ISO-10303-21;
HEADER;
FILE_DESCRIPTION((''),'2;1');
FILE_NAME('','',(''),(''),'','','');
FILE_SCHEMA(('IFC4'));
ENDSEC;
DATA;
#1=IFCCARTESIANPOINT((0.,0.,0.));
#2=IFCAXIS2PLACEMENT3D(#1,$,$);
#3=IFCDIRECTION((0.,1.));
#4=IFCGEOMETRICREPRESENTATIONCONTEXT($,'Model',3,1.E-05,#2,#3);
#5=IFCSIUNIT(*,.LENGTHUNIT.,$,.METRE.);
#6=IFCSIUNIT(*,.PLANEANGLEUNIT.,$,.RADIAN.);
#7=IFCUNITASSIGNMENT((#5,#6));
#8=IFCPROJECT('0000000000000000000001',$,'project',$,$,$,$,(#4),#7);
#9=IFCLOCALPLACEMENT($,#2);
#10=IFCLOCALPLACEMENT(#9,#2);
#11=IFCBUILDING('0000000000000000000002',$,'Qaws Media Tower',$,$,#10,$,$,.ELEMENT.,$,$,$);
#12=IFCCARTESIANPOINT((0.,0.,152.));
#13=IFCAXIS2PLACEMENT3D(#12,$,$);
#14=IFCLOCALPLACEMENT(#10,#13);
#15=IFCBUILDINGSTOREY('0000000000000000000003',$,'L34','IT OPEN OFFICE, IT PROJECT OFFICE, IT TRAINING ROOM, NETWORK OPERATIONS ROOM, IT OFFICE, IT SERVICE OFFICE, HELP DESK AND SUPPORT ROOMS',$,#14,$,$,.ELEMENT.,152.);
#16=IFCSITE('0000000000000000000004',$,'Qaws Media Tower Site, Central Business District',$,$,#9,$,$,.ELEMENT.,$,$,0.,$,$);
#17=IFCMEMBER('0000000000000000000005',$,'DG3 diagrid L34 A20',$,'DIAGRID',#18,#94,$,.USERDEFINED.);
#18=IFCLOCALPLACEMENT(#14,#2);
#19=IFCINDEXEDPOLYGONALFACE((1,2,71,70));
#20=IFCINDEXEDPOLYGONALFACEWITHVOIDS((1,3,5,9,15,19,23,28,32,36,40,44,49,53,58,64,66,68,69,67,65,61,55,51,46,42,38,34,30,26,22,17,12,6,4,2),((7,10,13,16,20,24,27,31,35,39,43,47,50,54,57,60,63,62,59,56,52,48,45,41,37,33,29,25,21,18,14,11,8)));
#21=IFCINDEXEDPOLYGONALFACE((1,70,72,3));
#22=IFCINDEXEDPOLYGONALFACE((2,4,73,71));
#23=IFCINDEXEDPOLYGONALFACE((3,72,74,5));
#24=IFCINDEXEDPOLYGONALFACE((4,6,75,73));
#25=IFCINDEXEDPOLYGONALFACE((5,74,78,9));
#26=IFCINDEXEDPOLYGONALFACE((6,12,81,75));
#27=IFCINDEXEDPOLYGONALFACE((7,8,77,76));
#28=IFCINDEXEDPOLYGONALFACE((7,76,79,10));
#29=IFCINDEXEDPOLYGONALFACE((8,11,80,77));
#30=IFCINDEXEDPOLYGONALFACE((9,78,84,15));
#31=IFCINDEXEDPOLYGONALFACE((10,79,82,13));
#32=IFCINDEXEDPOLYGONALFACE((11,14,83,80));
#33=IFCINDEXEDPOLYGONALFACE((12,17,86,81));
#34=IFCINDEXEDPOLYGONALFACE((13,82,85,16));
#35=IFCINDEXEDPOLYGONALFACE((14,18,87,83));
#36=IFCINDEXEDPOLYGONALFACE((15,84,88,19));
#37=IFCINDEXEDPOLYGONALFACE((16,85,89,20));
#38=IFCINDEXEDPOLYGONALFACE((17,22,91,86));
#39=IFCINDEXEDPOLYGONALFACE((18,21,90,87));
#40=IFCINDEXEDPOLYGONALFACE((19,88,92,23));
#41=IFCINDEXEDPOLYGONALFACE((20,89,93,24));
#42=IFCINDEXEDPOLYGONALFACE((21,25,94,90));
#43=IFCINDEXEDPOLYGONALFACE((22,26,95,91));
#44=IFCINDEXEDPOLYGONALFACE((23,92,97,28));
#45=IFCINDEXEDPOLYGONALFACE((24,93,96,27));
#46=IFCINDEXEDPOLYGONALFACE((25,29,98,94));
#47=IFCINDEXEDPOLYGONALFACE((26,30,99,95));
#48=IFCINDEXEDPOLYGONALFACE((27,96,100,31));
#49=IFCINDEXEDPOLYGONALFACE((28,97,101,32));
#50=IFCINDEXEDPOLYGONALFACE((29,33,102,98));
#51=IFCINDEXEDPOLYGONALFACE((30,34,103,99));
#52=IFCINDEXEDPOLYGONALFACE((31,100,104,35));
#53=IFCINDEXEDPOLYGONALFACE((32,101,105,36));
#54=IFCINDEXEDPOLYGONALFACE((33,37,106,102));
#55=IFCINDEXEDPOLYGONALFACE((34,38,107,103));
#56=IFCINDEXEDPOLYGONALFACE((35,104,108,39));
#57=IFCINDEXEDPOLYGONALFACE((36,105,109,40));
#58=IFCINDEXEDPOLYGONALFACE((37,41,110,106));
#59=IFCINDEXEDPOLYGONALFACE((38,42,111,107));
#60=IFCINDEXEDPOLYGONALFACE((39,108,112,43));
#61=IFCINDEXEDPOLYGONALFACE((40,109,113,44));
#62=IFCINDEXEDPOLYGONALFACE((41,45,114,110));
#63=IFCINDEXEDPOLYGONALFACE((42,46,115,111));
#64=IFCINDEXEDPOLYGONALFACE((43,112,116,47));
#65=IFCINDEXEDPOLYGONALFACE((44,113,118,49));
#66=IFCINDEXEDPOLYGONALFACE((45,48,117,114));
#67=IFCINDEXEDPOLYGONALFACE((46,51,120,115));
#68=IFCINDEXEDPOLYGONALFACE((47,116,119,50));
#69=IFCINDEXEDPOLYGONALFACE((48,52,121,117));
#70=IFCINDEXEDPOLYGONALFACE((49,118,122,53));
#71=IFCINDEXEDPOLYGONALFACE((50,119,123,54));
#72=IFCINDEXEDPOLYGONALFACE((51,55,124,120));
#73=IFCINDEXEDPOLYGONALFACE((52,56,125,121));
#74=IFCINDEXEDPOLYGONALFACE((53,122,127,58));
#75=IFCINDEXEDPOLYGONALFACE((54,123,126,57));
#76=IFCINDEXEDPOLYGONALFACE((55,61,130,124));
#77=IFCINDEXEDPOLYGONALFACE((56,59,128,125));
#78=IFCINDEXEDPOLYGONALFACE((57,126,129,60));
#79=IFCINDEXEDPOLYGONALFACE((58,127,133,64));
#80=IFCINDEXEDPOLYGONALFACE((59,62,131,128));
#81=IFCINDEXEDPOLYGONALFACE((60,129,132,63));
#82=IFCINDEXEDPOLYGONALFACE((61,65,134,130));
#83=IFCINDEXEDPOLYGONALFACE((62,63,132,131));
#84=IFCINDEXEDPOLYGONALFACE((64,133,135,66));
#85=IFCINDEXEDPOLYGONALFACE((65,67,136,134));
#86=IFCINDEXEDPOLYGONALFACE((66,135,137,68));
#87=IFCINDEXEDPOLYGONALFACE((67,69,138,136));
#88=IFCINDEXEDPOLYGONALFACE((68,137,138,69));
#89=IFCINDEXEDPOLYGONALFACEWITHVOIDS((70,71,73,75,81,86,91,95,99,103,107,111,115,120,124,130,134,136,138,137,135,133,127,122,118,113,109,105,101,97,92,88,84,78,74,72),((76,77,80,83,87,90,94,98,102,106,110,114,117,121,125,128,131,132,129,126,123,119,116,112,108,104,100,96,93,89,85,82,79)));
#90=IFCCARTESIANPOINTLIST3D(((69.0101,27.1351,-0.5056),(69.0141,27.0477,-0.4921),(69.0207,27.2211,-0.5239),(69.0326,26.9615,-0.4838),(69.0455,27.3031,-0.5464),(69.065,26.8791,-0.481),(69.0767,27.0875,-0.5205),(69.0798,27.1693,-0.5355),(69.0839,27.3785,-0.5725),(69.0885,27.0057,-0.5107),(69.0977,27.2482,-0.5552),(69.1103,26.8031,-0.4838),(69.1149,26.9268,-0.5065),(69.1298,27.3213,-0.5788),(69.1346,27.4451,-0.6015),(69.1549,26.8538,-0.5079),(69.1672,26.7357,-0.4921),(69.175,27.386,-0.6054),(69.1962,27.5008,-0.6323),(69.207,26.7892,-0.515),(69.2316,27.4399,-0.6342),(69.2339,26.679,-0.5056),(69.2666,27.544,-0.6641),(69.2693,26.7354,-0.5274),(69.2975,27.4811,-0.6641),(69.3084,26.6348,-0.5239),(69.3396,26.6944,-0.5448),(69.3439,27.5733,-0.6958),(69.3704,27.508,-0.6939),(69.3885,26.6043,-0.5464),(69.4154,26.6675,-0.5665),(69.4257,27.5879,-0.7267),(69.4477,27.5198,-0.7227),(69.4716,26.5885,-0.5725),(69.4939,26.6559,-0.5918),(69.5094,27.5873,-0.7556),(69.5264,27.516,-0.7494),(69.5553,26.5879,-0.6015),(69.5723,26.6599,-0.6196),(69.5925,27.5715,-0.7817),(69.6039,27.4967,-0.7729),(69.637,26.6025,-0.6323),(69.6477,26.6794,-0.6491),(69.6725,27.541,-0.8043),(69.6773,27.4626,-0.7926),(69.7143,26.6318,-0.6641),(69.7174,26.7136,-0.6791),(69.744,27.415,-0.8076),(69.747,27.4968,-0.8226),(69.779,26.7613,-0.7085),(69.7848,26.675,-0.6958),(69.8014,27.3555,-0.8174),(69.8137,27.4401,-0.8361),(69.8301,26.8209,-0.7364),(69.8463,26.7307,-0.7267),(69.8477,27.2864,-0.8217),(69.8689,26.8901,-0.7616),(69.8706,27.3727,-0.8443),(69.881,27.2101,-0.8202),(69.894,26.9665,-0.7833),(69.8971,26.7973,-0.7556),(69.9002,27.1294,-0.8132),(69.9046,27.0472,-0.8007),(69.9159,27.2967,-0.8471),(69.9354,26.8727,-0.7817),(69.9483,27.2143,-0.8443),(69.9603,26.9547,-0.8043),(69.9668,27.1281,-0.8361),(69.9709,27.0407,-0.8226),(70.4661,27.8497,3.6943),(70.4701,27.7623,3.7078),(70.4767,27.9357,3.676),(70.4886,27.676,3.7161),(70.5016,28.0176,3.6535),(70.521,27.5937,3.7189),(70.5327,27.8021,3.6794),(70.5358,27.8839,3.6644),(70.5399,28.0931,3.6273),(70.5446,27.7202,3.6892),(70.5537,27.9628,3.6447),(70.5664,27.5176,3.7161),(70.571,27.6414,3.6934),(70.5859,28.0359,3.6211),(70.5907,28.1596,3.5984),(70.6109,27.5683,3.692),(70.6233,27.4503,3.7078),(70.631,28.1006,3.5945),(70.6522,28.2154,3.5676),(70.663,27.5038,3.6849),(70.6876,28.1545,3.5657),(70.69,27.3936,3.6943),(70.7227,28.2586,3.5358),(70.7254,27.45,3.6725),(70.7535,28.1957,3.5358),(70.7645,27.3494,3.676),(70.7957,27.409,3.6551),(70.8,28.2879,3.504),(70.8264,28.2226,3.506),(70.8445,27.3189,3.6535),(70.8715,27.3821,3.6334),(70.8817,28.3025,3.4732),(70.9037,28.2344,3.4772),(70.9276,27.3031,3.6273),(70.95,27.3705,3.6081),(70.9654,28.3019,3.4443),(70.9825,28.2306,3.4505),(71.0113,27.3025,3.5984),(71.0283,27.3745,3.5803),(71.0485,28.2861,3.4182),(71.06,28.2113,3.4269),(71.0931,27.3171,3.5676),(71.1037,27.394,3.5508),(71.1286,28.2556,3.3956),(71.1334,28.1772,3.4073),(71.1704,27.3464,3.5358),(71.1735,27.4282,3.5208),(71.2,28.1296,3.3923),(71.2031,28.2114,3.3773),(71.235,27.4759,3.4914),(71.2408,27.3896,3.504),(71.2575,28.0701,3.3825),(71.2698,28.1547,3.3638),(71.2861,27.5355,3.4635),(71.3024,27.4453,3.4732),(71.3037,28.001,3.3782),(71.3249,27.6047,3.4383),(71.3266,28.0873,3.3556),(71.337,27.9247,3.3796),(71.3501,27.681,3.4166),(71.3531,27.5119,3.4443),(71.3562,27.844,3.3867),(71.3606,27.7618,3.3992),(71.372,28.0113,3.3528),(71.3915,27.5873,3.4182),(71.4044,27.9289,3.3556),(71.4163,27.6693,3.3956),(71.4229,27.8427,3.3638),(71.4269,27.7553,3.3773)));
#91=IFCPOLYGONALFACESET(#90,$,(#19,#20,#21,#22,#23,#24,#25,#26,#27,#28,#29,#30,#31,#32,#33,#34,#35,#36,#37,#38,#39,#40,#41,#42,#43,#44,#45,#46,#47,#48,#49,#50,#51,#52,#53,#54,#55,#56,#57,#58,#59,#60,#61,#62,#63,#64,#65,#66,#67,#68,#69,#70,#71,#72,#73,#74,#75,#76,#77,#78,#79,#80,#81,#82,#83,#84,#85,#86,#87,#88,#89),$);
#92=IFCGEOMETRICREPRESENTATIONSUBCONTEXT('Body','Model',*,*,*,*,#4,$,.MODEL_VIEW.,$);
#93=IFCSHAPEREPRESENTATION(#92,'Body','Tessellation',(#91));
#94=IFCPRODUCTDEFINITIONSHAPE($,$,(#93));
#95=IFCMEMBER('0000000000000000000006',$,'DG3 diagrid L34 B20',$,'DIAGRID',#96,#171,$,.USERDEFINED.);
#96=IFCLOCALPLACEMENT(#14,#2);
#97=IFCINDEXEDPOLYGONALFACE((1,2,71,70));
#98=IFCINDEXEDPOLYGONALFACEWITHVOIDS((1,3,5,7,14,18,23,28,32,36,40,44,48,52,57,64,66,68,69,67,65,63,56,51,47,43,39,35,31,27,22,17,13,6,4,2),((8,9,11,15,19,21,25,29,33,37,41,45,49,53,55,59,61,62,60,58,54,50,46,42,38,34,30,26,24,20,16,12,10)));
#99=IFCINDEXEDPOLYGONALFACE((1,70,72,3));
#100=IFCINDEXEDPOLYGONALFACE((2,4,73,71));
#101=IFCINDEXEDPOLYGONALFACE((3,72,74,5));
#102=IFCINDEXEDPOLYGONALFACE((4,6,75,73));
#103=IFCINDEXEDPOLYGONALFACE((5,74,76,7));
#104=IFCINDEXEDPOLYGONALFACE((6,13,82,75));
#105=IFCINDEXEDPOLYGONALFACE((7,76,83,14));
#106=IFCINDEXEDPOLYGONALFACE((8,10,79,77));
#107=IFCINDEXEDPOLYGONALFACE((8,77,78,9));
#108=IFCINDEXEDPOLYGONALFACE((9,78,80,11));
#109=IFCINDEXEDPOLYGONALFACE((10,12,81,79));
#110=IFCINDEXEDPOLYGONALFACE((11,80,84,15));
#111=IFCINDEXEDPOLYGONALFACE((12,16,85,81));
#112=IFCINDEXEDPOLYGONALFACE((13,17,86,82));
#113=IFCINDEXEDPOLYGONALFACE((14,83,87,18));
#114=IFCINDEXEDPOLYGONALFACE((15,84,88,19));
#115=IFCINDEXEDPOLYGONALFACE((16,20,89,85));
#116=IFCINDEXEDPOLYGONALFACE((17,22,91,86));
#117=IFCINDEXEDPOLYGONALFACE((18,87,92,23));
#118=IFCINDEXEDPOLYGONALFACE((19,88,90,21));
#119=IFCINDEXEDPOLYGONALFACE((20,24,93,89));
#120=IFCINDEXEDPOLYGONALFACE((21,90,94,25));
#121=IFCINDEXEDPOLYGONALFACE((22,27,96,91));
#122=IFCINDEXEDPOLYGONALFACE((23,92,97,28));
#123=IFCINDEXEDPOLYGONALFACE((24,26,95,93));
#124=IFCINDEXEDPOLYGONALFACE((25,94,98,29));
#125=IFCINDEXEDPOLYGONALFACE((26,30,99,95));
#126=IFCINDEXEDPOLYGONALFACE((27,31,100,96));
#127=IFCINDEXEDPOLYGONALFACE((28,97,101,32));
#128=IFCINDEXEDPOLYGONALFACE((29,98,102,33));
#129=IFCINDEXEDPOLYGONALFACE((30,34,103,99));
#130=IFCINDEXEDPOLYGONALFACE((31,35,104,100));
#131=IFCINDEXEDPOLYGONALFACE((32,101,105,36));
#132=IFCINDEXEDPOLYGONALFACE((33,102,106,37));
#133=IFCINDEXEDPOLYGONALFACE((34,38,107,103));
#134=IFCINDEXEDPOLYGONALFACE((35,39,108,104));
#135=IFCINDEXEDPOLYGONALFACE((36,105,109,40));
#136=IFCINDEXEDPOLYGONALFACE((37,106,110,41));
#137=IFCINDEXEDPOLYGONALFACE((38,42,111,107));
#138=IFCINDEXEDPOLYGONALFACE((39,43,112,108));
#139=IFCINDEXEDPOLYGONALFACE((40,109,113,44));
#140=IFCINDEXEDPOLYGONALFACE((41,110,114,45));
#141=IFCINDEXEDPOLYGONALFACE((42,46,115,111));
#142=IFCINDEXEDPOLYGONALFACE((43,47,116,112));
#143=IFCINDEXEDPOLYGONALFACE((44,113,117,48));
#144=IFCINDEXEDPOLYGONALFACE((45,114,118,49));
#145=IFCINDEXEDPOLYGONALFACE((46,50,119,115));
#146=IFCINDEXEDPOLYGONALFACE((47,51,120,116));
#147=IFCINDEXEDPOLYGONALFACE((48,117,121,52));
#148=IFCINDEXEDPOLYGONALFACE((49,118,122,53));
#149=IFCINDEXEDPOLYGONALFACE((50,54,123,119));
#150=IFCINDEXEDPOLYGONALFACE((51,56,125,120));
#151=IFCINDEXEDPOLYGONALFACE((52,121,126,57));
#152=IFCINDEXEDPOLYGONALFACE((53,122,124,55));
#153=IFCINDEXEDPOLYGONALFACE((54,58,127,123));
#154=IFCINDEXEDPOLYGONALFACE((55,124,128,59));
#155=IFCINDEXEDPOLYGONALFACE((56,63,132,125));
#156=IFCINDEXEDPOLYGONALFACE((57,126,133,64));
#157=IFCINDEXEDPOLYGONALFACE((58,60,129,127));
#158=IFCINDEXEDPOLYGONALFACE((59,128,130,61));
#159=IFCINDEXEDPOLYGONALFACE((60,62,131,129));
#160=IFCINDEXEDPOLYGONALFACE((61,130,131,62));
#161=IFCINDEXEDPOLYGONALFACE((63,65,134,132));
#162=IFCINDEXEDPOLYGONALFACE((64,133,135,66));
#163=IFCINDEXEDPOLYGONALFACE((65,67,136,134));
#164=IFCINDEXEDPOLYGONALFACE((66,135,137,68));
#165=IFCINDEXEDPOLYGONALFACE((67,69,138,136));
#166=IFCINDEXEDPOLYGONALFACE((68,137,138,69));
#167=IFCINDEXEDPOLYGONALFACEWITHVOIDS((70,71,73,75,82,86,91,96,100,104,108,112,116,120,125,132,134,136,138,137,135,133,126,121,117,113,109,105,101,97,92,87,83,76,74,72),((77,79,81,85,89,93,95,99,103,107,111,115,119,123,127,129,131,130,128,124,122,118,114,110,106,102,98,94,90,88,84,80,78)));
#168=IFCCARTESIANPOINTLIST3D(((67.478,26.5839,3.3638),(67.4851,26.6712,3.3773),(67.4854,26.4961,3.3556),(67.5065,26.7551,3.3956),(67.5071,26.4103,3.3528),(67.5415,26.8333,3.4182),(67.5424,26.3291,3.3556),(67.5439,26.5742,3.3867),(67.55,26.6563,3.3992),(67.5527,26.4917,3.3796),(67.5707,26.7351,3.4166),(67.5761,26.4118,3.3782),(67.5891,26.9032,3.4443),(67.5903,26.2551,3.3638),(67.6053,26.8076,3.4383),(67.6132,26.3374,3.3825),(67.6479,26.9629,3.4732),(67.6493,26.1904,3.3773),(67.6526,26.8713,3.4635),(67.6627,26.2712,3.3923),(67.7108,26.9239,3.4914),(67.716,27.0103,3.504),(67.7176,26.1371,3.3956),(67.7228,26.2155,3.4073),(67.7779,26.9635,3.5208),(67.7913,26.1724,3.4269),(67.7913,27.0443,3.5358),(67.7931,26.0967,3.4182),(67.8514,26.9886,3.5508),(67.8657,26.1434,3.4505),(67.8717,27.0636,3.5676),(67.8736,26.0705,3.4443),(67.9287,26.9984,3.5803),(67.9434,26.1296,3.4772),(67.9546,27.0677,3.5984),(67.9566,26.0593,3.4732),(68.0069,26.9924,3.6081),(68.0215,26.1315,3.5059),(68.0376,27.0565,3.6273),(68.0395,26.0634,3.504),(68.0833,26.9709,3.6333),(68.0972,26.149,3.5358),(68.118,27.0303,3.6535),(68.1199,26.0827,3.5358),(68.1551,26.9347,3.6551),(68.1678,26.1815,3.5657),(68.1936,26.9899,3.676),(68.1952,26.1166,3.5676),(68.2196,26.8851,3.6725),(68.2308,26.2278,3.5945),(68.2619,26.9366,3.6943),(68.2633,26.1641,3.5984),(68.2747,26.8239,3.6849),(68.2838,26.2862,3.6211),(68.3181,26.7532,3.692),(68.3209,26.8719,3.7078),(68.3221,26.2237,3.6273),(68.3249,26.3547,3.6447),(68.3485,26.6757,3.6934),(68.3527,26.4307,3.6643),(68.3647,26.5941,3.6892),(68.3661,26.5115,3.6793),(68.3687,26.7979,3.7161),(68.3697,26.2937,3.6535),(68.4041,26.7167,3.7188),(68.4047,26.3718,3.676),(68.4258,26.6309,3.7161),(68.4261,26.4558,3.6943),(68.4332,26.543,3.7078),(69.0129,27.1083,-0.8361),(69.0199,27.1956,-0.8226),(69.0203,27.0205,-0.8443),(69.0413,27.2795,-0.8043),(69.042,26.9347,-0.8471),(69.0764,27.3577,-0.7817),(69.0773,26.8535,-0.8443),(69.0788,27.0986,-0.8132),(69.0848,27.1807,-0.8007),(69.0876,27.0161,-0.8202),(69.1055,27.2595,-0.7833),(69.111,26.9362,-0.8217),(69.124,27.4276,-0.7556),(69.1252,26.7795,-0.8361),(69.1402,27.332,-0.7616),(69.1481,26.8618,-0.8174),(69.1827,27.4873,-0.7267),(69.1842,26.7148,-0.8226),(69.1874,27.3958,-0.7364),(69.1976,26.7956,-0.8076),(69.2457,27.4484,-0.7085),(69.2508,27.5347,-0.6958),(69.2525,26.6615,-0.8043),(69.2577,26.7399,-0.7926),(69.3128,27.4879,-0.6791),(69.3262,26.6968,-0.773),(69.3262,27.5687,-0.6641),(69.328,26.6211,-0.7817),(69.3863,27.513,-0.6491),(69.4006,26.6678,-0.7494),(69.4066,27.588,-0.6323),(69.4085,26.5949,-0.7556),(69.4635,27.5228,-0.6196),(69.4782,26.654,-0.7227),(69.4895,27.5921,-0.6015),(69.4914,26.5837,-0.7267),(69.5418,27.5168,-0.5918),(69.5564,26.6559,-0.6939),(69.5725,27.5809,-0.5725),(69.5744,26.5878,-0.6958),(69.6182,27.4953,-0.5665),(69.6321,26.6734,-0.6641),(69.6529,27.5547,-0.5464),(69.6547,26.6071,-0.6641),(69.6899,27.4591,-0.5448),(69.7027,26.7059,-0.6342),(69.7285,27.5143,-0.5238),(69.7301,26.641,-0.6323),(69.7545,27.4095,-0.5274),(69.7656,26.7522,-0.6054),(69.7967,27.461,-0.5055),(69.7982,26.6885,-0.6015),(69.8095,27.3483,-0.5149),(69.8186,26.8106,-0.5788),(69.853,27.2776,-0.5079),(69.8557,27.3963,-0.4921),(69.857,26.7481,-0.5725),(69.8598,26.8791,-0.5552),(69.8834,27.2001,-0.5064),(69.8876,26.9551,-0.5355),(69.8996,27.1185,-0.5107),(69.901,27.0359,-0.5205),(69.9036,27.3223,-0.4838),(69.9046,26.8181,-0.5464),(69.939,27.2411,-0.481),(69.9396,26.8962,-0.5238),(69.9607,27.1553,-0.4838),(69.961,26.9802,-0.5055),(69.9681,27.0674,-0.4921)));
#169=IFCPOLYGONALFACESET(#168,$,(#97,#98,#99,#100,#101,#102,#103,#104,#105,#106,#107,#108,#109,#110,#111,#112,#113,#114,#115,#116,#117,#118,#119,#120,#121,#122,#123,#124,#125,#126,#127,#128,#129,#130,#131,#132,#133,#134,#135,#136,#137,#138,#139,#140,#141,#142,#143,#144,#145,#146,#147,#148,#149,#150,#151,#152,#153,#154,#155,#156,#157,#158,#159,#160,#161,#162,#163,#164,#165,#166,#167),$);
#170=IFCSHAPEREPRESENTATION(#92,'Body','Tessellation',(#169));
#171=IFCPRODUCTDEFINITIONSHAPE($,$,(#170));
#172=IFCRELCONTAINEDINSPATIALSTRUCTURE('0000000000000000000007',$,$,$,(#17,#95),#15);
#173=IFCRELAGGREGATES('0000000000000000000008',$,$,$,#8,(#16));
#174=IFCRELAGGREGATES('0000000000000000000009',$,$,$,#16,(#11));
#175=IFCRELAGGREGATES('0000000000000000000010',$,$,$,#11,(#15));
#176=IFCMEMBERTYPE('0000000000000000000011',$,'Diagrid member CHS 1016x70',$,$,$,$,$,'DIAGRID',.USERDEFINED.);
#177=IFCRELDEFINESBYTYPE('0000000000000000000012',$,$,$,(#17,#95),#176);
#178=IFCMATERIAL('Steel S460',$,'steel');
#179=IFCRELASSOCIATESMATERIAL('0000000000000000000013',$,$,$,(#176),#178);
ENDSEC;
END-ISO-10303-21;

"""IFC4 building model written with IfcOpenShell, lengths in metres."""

from ifc_helpers import new_model, si_unit, direction, frame, origin, origin_2d, place, context, subcontext, project, spatial, hollow_circle, extrude, material, material_profile, profile_set, type_object, element, save


model = new_model("IFC4")

# Units and contexts
model_context = context("Model", 3, precision=1e-05, world=origin(), true_north=direction((0.0, 1.0)))
body_context = subcontext(model_context, "Body", "Model", "MODEL_VIEW")
ifc_project = project(units=[si_unit("LENGTHUNIT", "METRE"), si_unit("PLANEANGLEUNIT", "RADIAN")], contexts=[model_context])

# Site, building, storey
site_placement = place(None, origin())
site = spatial("IfcSite", under=ifc_project, at=site_placement, Name="Qaws Media Tower Site, Central Business District", CompositionType="ELEMENT", RefElevation=0.0)
building_placement = place(site_placement, origin())
building = spatial("IfcBuilding", under=site, at=building_placement, Name="Qaws Media Tower", CompositionType="ELEMENT")
storey_placement = place(building_placement, frame((0.0, 0.0, 152.0)))
storey = spatial("IfcBuildingStorey", under=building, at=storey_placement, Name="L34", Description="IT OPEN OFFICE, IT PROJECT OFFICE, IT TRAINING ROOM, NETWORK OPERATIONS ROOM, IT OFFICE, IT SERVICE OFFICE, HELP DESK AND SUPPORT ROOMS", CompositionType="ELEMENT", Elevation=152.0)

# Members
ifc_material_1 = material(Name="Steel S460", Category="steel")
ifc_material_profile_1 = material_profile(ifc_material_1, hollow_circle(Radius=0.5081, WallThickness=0.0701, at=origin_2d()), Name="CHS 1016x70")
ifc_profile_set_1 = profile_set([ifc_material_profile_1], Name="Steel S460")
member_type_1 = type_object("IfcMemberType", Name="Diagrid member CHS 1016x70", ElementType="DIAGRID", PredefinedType="USERDEFINED", material=ifc_profile_set_1)
for number, where, z_axis, x_axis, name in (
    (1, (69.4905, 27.0879, -0.6641), (0.323405, 0.15872, 0.932854), (-0.440578, 0.897714, 0.0), "DG3 diagrid L34 A20"),
    (2, (69.4905, 27.0879, -0.6641), (-0.340919, -0.116477, 0.932849), (0.323308, -0.946294, 0.0), "DG3 diagrid L34 B20"),
):
    element("IfcMember", number, at=place(storey_placement, frame(where, z_axis=z_axis, x_axis=x_axis)), inside=storey, type_object=member_type_1, Name=name, ObjectType="DIAGRID", PredefinedType="USERDEFINED", context=body_context, shape_type="SweptSolid", body=[
        extrude(hollow_circle(Radius=0.5081, WallThickness=0.0701, at=origin_2d()), origin(), (0.0, 0.0, 1.0), 4.5022),
    ])

save(model, "model.ifc")
